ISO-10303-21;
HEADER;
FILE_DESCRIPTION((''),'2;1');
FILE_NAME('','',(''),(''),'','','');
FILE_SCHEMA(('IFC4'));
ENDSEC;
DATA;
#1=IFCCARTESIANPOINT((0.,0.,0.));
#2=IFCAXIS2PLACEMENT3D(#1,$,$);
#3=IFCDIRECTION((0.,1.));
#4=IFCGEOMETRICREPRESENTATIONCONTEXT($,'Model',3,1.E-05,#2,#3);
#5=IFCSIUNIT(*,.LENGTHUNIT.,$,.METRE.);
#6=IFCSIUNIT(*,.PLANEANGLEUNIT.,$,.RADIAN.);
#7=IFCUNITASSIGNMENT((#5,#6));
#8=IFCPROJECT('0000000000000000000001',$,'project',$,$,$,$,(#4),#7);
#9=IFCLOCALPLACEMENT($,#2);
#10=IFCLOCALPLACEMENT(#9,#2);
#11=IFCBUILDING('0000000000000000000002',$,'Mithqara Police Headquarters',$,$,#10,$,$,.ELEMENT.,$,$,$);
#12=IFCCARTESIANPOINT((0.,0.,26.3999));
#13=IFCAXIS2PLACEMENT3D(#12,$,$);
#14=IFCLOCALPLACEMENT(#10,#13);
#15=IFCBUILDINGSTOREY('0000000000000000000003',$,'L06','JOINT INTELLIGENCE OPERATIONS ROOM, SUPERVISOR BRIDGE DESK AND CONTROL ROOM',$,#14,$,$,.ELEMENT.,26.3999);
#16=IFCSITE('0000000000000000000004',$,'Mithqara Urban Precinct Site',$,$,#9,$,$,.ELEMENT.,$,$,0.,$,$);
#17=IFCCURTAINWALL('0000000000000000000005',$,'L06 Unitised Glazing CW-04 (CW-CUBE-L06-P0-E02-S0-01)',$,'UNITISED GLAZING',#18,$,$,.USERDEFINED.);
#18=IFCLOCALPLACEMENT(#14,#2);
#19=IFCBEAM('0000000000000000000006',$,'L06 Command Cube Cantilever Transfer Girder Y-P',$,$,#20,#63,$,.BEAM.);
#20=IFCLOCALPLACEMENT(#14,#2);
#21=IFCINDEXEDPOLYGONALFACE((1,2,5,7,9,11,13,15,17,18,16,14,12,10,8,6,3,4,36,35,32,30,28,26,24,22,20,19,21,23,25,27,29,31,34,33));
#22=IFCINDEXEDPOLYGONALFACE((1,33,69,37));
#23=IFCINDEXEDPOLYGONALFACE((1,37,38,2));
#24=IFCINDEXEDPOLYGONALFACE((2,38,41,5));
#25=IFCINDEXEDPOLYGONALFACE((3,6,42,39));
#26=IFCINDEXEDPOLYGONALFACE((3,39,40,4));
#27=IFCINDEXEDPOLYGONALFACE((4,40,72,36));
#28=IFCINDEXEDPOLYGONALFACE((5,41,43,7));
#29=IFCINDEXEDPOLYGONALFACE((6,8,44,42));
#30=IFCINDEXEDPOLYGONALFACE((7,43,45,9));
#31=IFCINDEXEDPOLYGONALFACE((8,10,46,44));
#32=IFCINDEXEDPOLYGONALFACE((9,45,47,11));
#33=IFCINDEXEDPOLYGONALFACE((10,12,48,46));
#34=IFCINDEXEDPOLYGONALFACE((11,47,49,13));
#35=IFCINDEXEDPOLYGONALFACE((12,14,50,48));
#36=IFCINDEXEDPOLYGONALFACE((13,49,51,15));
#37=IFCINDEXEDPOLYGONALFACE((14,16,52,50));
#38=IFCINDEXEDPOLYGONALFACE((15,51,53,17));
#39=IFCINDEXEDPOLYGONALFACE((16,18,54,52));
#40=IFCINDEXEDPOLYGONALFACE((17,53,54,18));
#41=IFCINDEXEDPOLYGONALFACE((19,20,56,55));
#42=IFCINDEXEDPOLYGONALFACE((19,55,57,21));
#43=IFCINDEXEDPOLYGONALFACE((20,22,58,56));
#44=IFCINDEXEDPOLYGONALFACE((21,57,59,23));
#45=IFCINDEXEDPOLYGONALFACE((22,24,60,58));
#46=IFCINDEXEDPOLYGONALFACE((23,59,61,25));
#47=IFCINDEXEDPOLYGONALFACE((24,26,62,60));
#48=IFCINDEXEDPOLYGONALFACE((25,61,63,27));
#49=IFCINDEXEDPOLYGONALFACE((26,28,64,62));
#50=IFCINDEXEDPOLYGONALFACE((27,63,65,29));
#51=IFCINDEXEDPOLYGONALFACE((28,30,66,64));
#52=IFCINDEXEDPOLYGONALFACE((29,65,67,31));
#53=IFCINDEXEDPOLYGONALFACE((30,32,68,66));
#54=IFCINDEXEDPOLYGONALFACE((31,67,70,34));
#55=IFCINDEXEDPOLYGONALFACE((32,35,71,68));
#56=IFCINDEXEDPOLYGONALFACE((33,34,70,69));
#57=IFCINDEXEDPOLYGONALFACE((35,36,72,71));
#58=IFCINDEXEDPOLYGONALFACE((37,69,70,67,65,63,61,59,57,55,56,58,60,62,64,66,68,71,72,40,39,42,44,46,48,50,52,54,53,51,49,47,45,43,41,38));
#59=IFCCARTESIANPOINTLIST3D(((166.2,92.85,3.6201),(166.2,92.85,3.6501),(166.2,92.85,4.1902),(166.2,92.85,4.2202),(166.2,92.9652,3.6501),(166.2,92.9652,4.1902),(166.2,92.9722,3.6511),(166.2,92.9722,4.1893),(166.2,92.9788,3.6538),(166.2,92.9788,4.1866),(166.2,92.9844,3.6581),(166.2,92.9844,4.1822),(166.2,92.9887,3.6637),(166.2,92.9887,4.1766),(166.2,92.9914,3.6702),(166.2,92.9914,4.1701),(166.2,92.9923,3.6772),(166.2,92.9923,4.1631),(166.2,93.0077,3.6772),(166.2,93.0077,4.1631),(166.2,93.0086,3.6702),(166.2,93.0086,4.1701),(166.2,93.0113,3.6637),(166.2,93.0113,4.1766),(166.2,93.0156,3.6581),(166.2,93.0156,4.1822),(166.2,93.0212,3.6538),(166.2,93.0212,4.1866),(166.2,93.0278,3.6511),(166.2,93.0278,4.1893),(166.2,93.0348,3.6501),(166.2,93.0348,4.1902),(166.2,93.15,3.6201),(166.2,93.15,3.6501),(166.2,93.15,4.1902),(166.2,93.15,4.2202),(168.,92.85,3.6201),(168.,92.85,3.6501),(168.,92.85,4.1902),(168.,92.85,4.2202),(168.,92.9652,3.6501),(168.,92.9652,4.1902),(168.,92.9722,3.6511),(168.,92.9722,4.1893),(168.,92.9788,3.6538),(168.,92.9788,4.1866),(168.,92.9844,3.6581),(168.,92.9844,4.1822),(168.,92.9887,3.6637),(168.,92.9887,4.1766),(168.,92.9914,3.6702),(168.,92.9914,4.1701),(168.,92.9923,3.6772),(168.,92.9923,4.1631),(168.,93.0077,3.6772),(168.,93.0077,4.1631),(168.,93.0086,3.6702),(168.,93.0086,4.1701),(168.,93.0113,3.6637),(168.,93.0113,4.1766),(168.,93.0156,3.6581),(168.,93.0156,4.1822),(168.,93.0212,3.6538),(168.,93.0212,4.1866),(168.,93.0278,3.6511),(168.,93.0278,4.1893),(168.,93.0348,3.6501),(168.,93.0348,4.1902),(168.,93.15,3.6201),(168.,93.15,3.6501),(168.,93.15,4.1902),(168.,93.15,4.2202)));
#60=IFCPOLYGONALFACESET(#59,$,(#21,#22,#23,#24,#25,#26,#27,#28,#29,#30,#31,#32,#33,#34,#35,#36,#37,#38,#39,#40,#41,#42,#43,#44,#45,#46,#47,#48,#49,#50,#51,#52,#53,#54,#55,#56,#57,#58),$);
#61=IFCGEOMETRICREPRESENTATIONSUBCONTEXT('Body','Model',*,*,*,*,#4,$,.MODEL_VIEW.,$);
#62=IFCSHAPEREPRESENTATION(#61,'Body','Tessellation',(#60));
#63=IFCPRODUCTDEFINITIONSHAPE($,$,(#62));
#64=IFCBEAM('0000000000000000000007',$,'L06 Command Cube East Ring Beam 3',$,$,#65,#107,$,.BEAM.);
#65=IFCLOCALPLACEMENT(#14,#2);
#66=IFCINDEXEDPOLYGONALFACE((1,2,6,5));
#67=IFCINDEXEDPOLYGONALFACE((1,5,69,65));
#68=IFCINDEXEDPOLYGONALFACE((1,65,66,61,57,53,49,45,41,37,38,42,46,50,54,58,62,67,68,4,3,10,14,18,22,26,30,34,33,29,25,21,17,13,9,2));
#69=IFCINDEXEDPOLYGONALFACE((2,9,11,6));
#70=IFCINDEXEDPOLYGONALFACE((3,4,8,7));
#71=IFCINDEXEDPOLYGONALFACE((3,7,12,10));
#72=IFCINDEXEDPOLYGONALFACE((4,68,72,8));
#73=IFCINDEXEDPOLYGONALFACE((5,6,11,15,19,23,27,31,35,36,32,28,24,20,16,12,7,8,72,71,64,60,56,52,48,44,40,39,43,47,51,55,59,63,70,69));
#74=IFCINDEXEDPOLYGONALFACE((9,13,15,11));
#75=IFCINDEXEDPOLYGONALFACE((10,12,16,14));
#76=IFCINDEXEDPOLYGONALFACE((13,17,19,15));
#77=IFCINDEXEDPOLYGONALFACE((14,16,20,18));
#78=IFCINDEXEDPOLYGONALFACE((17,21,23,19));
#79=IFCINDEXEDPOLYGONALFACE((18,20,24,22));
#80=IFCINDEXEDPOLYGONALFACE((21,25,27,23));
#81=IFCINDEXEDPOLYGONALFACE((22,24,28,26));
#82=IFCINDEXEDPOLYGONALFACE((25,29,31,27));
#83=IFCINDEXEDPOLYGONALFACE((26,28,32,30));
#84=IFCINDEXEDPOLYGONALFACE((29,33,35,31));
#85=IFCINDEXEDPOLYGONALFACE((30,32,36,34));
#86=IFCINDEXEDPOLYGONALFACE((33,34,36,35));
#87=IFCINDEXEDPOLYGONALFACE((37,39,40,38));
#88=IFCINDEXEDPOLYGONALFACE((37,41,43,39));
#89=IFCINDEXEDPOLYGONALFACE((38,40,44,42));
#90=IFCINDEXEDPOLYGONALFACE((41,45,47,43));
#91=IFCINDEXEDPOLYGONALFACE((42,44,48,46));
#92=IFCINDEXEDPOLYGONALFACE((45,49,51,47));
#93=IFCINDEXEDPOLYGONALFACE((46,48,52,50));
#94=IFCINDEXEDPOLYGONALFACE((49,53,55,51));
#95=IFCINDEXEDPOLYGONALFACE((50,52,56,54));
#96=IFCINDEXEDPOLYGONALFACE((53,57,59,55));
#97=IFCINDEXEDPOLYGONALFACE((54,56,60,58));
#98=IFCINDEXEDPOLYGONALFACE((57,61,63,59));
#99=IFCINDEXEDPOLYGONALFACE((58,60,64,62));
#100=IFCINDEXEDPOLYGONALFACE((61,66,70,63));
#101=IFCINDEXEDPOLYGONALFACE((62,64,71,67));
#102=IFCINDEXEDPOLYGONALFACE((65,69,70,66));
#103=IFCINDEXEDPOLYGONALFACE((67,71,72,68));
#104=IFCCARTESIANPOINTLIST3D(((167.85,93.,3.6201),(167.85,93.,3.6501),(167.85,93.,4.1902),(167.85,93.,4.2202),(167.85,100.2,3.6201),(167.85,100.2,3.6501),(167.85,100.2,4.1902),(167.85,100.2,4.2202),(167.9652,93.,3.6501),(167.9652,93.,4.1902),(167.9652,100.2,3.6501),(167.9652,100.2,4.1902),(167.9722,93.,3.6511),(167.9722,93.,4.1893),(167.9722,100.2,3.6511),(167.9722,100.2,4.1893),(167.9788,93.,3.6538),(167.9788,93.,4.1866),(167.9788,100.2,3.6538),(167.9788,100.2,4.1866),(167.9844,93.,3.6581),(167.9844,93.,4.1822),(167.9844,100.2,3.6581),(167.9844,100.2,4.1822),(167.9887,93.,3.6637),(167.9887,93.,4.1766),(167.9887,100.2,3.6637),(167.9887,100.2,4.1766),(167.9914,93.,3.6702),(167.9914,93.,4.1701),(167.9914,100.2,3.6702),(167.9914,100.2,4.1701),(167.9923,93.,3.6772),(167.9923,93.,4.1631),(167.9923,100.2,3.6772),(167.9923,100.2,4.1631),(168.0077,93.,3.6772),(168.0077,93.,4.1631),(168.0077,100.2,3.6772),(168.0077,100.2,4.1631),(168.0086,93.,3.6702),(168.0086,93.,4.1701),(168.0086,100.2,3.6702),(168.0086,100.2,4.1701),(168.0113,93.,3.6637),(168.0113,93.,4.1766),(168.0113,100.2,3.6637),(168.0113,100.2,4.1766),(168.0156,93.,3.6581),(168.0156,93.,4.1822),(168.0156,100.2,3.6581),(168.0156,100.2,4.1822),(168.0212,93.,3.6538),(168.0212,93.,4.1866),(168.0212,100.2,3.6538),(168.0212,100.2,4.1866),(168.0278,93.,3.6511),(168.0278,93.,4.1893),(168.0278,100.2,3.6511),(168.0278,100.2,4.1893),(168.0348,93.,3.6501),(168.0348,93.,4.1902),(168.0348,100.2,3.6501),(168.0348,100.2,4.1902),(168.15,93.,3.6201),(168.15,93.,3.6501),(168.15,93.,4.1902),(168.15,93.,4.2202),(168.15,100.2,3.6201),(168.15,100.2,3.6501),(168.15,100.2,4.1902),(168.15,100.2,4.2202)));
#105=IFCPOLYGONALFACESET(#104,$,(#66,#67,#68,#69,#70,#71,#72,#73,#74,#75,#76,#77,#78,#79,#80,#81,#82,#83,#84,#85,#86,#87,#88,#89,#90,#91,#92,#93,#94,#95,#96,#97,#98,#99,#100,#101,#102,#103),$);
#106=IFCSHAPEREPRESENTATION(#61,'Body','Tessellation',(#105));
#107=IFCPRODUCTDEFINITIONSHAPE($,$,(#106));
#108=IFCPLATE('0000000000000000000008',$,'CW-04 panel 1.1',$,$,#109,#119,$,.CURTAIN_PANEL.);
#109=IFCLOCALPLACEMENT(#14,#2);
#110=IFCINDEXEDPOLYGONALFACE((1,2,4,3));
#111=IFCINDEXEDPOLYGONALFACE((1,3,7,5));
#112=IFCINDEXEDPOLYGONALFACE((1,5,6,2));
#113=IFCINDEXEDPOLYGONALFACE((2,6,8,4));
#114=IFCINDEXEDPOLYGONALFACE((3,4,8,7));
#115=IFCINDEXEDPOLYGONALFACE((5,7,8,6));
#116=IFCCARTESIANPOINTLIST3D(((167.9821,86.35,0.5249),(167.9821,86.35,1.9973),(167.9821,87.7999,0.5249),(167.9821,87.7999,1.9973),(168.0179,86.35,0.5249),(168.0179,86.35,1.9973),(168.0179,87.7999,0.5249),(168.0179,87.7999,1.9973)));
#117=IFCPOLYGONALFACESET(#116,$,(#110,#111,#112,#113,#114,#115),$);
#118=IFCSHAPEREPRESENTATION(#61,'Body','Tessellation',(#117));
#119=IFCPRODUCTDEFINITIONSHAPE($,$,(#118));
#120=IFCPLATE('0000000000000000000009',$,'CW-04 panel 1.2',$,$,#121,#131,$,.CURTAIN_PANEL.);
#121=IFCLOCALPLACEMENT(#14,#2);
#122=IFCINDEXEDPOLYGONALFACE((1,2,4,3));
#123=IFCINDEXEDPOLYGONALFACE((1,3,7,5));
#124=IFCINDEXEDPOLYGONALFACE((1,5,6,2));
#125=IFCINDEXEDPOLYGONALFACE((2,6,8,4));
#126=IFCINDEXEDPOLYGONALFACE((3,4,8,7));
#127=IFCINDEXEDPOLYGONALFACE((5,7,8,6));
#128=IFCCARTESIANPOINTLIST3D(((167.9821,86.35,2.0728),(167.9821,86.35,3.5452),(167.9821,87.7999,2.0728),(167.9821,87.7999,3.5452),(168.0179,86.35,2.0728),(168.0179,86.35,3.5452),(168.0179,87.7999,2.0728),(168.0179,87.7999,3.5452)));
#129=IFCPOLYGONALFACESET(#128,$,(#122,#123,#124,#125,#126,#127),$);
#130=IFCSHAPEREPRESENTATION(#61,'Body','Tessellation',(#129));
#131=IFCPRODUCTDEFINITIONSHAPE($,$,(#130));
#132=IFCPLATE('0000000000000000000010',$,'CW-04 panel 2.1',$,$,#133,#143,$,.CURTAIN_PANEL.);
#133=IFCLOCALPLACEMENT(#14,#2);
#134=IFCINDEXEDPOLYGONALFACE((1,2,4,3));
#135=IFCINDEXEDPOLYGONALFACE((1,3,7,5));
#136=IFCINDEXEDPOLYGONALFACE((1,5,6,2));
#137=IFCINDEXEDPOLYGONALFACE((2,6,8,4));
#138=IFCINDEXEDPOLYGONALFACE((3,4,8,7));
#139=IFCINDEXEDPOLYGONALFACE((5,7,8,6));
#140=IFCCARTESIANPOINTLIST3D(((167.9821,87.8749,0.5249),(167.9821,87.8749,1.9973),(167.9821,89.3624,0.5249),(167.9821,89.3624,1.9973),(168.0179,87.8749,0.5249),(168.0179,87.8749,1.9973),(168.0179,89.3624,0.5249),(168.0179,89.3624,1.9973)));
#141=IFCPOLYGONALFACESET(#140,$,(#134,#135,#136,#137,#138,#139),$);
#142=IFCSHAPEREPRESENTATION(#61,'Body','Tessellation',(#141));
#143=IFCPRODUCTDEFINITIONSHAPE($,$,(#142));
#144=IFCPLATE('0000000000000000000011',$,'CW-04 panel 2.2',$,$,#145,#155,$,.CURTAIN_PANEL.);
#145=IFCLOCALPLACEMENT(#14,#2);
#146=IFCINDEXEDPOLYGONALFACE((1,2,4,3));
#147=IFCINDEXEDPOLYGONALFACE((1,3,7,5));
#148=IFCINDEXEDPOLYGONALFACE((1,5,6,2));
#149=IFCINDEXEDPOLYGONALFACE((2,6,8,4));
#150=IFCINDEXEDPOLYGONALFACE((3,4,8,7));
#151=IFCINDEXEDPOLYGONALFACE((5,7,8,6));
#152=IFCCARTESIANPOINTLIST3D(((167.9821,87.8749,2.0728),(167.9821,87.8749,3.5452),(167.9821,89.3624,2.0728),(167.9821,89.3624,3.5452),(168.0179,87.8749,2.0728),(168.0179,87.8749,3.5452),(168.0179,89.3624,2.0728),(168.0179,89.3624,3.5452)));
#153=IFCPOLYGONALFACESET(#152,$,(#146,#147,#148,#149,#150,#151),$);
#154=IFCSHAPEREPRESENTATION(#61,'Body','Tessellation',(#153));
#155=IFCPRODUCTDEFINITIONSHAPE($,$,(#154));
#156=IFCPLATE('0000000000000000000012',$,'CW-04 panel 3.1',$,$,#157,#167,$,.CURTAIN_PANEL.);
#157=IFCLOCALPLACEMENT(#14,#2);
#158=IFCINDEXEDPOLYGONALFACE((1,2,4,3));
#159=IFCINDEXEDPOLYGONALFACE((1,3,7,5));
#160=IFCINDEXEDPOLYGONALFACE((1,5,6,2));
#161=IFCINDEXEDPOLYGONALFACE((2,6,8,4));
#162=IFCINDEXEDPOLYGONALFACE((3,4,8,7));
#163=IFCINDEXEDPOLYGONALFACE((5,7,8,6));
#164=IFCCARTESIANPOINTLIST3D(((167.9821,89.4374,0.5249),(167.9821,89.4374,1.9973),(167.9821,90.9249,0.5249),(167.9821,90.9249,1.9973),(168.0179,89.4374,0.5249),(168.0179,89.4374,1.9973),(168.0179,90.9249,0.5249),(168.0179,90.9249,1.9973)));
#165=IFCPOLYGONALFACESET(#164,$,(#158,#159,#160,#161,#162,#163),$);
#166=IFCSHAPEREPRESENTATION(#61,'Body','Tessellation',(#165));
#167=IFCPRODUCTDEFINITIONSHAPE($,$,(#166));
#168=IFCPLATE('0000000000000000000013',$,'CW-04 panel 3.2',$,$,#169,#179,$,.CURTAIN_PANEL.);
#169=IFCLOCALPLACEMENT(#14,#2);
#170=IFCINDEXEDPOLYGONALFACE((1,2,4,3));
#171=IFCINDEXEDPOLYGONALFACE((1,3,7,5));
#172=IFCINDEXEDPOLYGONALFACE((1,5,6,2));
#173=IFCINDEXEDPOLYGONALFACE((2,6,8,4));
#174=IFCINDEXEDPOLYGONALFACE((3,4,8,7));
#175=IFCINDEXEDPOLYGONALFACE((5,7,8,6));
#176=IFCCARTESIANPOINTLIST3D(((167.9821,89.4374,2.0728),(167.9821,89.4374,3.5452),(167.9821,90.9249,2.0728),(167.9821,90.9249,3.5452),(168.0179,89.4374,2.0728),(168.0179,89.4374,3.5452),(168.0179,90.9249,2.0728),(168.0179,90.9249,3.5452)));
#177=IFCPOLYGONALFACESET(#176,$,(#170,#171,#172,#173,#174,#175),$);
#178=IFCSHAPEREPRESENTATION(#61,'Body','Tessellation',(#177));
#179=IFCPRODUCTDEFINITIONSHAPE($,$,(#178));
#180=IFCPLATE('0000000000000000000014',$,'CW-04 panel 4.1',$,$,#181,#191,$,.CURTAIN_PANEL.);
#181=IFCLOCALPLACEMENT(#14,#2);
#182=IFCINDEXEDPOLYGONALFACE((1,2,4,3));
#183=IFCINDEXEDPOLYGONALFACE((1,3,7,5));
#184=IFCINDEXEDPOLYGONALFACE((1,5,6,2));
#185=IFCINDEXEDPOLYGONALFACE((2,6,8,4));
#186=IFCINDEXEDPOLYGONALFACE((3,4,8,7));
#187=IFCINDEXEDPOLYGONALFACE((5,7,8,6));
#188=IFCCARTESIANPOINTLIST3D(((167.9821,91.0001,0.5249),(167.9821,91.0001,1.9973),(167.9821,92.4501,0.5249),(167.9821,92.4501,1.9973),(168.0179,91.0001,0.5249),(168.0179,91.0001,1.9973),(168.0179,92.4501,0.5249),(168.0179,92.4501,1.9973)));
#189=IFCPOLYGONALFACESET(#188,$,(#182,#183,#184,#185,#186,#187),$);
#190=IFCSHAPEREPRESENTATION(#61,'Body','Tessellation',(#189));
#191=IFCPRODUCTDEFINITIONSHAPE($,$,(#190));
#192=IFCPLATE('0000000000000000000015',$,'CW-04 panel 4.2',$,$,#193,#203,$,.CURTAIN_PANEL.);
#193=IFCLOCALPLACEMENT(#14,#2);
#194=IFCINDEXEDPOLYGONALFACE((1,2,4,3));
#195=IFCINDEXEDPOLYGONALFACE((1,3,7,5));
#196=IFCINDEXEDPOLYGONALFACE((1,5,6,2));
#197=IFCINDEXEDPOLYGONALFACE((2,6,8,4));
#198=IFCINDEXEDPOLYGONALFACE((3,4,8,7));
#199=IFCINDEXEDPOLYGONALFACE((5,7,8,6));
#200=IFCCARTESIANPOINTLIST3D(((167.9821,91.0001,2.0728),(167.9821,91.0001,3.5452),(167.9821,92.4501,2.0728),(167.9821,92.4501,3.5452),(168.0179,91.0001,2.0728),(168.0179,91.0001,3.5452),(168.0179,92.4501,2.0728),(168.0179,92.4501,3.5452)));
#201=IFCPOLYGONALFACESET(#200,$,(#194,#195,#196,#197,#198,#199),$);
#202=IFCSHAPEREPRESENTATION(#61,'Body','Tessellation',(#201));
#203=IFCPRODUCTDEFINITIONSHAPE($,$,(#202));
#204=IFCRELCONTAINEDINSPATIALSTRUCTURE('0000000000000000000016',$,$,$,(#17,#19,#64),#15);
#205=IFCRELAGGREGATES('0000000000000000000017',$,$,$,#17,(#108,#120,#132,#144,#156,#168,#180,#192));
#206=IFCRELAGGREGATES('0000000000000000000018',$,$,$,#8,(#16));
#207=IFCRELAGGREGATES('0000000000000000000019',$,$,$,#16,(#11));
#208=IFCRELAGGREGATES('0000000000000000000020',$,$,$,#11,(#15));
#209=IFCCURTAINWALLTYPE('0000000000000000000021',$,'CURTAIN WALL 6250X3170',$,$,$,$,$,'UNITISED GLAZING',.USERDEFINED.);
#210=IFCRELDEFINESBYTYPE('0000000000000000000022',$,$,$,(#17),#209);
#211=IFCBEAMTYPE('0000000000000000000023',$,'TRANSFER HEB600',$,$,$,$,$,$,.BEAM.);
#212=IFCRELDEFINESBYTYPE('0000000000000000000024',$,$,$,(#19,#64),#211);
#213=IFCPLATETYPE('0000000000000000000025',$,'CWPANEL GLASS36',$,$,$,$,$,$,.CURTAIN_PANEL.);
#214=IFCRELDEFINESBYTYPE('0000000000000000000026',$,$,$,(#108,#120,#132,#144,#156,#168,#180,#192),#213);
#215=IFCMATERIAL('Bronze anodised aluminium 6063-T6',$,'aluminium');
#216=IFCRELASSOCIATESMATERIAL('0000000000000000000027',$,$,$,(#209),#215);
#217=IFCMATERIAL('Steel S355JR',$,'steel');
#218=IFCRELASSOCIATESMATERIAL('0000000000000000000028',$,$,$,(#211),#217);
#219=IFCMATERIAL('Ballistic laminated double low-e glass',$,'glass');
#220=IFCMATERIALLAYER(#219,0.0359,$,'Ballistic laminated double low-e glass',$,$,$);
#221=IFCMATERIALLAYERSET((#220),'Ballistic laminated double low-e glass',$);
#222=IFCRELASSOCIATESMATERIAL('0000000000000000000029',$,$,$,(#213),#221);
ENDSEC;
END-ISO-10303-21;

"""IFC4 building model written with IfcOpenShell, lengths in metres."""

from ifc_helpers import new_model, si_unit, direction, frame, origin, origin_2d, place, context, subcontext, project, spatial, rectangle, i_section, extrude, material, layer, layer_set, material_profile, profile_set, type_object, element, aggregate, save


model = new_model("IFC4")

# Units and contexts
model_context = context("Model", 3, precision=1e-05, world=origin(), true_north=direction((0.0, 1.0)))
body_context = subcontext(model_context, "Body", "Model", "MODEL_VIEW")
ifc_project = project(units=[si_unit("LENGTHUNIT", "METRE"), si_unit("PLANEANGLEUNIT", "RADIAN")], contexts=[model_context])

# Site, building, storey
site_placement = place(None, origin())
site = spatial("IfcSite", under=ifc_project, at=site_placement, Name="Mithqara Urban Precinct Site", CompositionType="ELEMENT", RefElevation=0.0)
building_placement = place(site_placement, origin())
building = spatial("IfcBuilding", under=site, at=building_placement, Name="Mithqara Police Headquarters", CompositionType="ELEMENT")
storey_placement = place(building_placement, frame((0.0, 0.0, 26.3999)))
storey = spatial("IfcBuildingStorey", under=building, at=storey_placement, Name="L06", Description="JOINT INTELLIGENCE OPERATIONS ROOM, SUPERVISOR BRIDGE DESK AND CONTROL ROOM", CompositionType="ELEMENT", Elevation=26.3999)

# Shared definitions
ifc_material_1 = material(Name="Steel S355JR", Category="steel")

# Curtain wall
ifc_material_2 = material(Name="Bronze anodised aluminium 6063-T6", Category="aluminium")
curtain_wall_type = type_object("IfcCurtainWallType", Name="CURTAIN WALL 6250X3170", ElementType="UNITISED GLAZING", PredefinedType="USERDEFINED", material=ifc_material_2)
curtain_wall_1_placement = place(storey_placement, origin())
curtain_wall_1 = element("IfcCurtainWall", 1, at=curtain_wall_1_placement, inside=storey, type_object=curtain_wall_type, Name="L06 Unitised Glazing CW-04 (CW-CUBE-L06-P0-E02-S0-01)", ObjectType="UNITISED GLAZING", PredefinedType="USERDEFINED")

# Beams
ifc_material_profile_1 = material_profile(ifc_material_1, i_section(OverallWidth=0.3, OverallDepth=0.6001, WebThickness=0.0154, FlangeThickness=0.03, FilletRadius=0.0271, at=origin_2d()), Name="HEB 600")
ifc_profile_set_1 = profile_set([ifc_material_profile_1], Name="Steel S355JR")
beam_type = type_object("IfcBeamType", Name="TRANSFER HEB600", PredefinedType="BEAM", material=ifc_profile_set_1)
beam_1_placement = place(storey_placement, frame((166.2, 93.0, 3.9202), z_axis=(1.0, 0.0, 0.0), x_axis=(0.0, 1.0, 0.0)))
element("IfcBeam", 2, at=beam_1_placement, inside=storey, type_object=beam_type, Name="L06 Command Cube Cantilever Transfer Girder Y-P", PredefinedType="BEAM", context=body_context, shape_type="SweptSolid", body=[
    extrude(i_section(OverallWidth=0.3, OverallDepth=0.6001, WebThickness=0.0154, FlangeThickness=0.03, FilletRadius=0.0271, at=origin_2d()), origin(), (0.0, 0.0, 1.0), 1.8),
])
beam_2_placement = place(storey_placement, frame((168.0, 93.0, 3.9202), z_axis=(0.0, 1.0, 0.0), x_axis=(-1.0, 0.0, 0.0)))
element("IfcBeam", 3, at=beam_2_placement, inside=storey, type_object=beam_type, Name="L06 Command Cube East Ring Beam 3", PredefinedType="BEAM", context=body_context, shape_type="SweptSolid", body=[
    extrude(i_section(OverallWidth=0.3, OverallDepth=0.6001, WebThickness=0.0154, FlangeThickness=0.03, FilletRadius=0.0271, at=origin_2d()), origin(), (0.0, 0.0, 1.0), 7.2),
])

# Plates
ifc_material_3 = material(Name="Ballistic laminated double low-e glass", Category="glass")
ifc_layer = layer(ifc_material_3, 0.0359, Name="Ballistic laminated double low-e glass")
ifc_layer_set = layer_set([ifc_layer], Name="Ballistic laminated double low-e glass")
plate_type = type_object("IfcPlateType", Name="CWPANEL GLASS36", PredefinedType="CURTAIN_PANEL", material=ifc_layer_set)
plate_1_placement = place(storey_placement, frame((168.0, 87.075, 0.5249), z_axis=(0.0, 0.0, 1.0), x_axis=(0.0, 1.0, 0.0)))
plate_1 = element("IfcPlate", 4, at=plate_1_placement, type_object=plate_type, Name="CW-04 panel 1.1", PredefinedType="CURTAIN_PANEL", context=body_context, shape_type="SweptSolid", body=[
    extrude(rectangle(XDim=1.45, YDim=0.0359, at=origin_2d()), origin(), (0.0, 0.0, 1.0), 1.4724),
])
plate_2_placement = place(storey_placement, frame((168.0, 87.075, 2.0728), z_axis=(0.0, 0.0, 1.0), x_axis=(0.0, 1.0, 0.0)))
plate_2 = element("IfcPlate", 5, at=plate_2_placement, type_object=plate_type, Name="CW-04 panel 1.2", PredefinedType="CURTAIN_PANEL", context=body_context, shape_type="SweptSolid", body=[
    extrude(rectangle(XDim=1.45, YDim=0.0359, at=origin_2d()), origin(), (0.0, 0.0, 1.0), 1.4724),
])
plate_3_placement = place(storey_placement, frame((168.0, 88.6187, 0.5249), z_axis=(0.0, 0.0, 1.0), x_axis=(0.0, 1.0, 0.0)))
plate_3 = element("IfcPlate", 6, at=plate_3_placement, type_object=plate_type, Name="CW-04 panel 2.1", PredefinedType="CURTAIN_PANEL", context=body_context, shape_type="SweptSolid", body=[
    extrude(rectangle(XDim=1.4875, YDim=0.0359, at=origin_2d()), origin(), (0.0, 0.0, 1.0), 1.4724),
])
plate_4_placement = place(storey_placement, frame((168.0, 88.6187, 2.0728), z_axis=(0.0, 0.0, 1.0), x_axis=(0.0, 1.0, 0.0)))
plate_4 = element("IfcPlate", 7, at=plate_4_placement, type_object=plate_type, Name="CW-04 panel 2.2", PredefinedType="CURTAIN_PANEL", context=body_context, shape_type="SweptSolid", body=[
    extrude(rectangle(XDim=1.4875, YDim=0.0359, at=origin_2d()), origin(), (0.0, 0.0, 1.0), 1.4724),
])
plate_5_placement = place(storey_placement, frame((168.0, 90.1812, 0.5249), z_axis=(0.0, 0.0, 1.0), x_axis=(0.0, 1.0, 0.0)))
plate_5 = element("IfcPlate", 8, at=plate_5_placement, type_object=plate_type, Name="CW-04 panel 3.1", PredefinedType="CURTAIN_PANEL", context=body_context, shape_type="SweptSolid", body=[
    extrude(rectangle(XDim=1.4875, YDim=0.0359, at=origin_2d()), origin(), (0.0, 0.0, 1.0), 1.4724),
])
plate_6_placement = place(storey_placement, frame((168.0, 90.1812, 2.0728), z_axis=(0.0, 0.0, 1.0), x_axis=(0.0, 1.0, 0.0)))
plate_6 = element("IfcPlate", 9, at=plate_6_placement, type_object=plate_type, Name="CW-04 panel 3.2", PredefinedType="CURTAIN_PANEL", context=body_context, shape_type="SweptSolid", body=[
    extrude(rectangle(XDim=1.4875, YDim=0.0359, at=origin_2d()), origin(), (0.0, 0.0, 1.0), 1.4724),
])
plate_7_placement = place(storey_placement, frame((168.0, 91.7251, 0.5249), z_axis=(0.0, 0.0, 1.0), x_axis=(0.0, 1.0, 0.0)))
plate_7 = element("IfcPlate", 10, at=plate_7_placement, type_object=plate_type, Name="CW-04 panel 4.1", PredefinedType="CURTAIN_PANEL", context=body_context, shape_type="SweptSolid", body=[
    extrude(rectangle(XDim=1.45, YDim=0.0359, at=origin_2d()), origin(), (0.0, 0.0, 1.0), 1.4724),
])
plate_8_placement = place(storey_placement, frame((168.0, 91.7251, 2.0728), z_axis=(0.0, 0.0, 1.0), x_axis=(0.0, 1.0, 0.0)))
plate_8 = element("IfcPlate", 11, at=plate_8_placement, type_object=plate_type, Name="CW-04 panel 4.2", PredefinedType="CURTAIN_PANEL", context=body_context, shape_type="SweptSolid", body=[
    extrude(rectangle(XDim=1.45, YDim=0.0359, at=origin_2d()), origin(), (0.0, 0.0, 1.0), 1.4724),
])
aggregate(curtain_wall_1, [plate_1, plate_2, plate_3, plate_4, plate_5, plate_6, plate_7, plate_8])

save(model, "model.ifc")
